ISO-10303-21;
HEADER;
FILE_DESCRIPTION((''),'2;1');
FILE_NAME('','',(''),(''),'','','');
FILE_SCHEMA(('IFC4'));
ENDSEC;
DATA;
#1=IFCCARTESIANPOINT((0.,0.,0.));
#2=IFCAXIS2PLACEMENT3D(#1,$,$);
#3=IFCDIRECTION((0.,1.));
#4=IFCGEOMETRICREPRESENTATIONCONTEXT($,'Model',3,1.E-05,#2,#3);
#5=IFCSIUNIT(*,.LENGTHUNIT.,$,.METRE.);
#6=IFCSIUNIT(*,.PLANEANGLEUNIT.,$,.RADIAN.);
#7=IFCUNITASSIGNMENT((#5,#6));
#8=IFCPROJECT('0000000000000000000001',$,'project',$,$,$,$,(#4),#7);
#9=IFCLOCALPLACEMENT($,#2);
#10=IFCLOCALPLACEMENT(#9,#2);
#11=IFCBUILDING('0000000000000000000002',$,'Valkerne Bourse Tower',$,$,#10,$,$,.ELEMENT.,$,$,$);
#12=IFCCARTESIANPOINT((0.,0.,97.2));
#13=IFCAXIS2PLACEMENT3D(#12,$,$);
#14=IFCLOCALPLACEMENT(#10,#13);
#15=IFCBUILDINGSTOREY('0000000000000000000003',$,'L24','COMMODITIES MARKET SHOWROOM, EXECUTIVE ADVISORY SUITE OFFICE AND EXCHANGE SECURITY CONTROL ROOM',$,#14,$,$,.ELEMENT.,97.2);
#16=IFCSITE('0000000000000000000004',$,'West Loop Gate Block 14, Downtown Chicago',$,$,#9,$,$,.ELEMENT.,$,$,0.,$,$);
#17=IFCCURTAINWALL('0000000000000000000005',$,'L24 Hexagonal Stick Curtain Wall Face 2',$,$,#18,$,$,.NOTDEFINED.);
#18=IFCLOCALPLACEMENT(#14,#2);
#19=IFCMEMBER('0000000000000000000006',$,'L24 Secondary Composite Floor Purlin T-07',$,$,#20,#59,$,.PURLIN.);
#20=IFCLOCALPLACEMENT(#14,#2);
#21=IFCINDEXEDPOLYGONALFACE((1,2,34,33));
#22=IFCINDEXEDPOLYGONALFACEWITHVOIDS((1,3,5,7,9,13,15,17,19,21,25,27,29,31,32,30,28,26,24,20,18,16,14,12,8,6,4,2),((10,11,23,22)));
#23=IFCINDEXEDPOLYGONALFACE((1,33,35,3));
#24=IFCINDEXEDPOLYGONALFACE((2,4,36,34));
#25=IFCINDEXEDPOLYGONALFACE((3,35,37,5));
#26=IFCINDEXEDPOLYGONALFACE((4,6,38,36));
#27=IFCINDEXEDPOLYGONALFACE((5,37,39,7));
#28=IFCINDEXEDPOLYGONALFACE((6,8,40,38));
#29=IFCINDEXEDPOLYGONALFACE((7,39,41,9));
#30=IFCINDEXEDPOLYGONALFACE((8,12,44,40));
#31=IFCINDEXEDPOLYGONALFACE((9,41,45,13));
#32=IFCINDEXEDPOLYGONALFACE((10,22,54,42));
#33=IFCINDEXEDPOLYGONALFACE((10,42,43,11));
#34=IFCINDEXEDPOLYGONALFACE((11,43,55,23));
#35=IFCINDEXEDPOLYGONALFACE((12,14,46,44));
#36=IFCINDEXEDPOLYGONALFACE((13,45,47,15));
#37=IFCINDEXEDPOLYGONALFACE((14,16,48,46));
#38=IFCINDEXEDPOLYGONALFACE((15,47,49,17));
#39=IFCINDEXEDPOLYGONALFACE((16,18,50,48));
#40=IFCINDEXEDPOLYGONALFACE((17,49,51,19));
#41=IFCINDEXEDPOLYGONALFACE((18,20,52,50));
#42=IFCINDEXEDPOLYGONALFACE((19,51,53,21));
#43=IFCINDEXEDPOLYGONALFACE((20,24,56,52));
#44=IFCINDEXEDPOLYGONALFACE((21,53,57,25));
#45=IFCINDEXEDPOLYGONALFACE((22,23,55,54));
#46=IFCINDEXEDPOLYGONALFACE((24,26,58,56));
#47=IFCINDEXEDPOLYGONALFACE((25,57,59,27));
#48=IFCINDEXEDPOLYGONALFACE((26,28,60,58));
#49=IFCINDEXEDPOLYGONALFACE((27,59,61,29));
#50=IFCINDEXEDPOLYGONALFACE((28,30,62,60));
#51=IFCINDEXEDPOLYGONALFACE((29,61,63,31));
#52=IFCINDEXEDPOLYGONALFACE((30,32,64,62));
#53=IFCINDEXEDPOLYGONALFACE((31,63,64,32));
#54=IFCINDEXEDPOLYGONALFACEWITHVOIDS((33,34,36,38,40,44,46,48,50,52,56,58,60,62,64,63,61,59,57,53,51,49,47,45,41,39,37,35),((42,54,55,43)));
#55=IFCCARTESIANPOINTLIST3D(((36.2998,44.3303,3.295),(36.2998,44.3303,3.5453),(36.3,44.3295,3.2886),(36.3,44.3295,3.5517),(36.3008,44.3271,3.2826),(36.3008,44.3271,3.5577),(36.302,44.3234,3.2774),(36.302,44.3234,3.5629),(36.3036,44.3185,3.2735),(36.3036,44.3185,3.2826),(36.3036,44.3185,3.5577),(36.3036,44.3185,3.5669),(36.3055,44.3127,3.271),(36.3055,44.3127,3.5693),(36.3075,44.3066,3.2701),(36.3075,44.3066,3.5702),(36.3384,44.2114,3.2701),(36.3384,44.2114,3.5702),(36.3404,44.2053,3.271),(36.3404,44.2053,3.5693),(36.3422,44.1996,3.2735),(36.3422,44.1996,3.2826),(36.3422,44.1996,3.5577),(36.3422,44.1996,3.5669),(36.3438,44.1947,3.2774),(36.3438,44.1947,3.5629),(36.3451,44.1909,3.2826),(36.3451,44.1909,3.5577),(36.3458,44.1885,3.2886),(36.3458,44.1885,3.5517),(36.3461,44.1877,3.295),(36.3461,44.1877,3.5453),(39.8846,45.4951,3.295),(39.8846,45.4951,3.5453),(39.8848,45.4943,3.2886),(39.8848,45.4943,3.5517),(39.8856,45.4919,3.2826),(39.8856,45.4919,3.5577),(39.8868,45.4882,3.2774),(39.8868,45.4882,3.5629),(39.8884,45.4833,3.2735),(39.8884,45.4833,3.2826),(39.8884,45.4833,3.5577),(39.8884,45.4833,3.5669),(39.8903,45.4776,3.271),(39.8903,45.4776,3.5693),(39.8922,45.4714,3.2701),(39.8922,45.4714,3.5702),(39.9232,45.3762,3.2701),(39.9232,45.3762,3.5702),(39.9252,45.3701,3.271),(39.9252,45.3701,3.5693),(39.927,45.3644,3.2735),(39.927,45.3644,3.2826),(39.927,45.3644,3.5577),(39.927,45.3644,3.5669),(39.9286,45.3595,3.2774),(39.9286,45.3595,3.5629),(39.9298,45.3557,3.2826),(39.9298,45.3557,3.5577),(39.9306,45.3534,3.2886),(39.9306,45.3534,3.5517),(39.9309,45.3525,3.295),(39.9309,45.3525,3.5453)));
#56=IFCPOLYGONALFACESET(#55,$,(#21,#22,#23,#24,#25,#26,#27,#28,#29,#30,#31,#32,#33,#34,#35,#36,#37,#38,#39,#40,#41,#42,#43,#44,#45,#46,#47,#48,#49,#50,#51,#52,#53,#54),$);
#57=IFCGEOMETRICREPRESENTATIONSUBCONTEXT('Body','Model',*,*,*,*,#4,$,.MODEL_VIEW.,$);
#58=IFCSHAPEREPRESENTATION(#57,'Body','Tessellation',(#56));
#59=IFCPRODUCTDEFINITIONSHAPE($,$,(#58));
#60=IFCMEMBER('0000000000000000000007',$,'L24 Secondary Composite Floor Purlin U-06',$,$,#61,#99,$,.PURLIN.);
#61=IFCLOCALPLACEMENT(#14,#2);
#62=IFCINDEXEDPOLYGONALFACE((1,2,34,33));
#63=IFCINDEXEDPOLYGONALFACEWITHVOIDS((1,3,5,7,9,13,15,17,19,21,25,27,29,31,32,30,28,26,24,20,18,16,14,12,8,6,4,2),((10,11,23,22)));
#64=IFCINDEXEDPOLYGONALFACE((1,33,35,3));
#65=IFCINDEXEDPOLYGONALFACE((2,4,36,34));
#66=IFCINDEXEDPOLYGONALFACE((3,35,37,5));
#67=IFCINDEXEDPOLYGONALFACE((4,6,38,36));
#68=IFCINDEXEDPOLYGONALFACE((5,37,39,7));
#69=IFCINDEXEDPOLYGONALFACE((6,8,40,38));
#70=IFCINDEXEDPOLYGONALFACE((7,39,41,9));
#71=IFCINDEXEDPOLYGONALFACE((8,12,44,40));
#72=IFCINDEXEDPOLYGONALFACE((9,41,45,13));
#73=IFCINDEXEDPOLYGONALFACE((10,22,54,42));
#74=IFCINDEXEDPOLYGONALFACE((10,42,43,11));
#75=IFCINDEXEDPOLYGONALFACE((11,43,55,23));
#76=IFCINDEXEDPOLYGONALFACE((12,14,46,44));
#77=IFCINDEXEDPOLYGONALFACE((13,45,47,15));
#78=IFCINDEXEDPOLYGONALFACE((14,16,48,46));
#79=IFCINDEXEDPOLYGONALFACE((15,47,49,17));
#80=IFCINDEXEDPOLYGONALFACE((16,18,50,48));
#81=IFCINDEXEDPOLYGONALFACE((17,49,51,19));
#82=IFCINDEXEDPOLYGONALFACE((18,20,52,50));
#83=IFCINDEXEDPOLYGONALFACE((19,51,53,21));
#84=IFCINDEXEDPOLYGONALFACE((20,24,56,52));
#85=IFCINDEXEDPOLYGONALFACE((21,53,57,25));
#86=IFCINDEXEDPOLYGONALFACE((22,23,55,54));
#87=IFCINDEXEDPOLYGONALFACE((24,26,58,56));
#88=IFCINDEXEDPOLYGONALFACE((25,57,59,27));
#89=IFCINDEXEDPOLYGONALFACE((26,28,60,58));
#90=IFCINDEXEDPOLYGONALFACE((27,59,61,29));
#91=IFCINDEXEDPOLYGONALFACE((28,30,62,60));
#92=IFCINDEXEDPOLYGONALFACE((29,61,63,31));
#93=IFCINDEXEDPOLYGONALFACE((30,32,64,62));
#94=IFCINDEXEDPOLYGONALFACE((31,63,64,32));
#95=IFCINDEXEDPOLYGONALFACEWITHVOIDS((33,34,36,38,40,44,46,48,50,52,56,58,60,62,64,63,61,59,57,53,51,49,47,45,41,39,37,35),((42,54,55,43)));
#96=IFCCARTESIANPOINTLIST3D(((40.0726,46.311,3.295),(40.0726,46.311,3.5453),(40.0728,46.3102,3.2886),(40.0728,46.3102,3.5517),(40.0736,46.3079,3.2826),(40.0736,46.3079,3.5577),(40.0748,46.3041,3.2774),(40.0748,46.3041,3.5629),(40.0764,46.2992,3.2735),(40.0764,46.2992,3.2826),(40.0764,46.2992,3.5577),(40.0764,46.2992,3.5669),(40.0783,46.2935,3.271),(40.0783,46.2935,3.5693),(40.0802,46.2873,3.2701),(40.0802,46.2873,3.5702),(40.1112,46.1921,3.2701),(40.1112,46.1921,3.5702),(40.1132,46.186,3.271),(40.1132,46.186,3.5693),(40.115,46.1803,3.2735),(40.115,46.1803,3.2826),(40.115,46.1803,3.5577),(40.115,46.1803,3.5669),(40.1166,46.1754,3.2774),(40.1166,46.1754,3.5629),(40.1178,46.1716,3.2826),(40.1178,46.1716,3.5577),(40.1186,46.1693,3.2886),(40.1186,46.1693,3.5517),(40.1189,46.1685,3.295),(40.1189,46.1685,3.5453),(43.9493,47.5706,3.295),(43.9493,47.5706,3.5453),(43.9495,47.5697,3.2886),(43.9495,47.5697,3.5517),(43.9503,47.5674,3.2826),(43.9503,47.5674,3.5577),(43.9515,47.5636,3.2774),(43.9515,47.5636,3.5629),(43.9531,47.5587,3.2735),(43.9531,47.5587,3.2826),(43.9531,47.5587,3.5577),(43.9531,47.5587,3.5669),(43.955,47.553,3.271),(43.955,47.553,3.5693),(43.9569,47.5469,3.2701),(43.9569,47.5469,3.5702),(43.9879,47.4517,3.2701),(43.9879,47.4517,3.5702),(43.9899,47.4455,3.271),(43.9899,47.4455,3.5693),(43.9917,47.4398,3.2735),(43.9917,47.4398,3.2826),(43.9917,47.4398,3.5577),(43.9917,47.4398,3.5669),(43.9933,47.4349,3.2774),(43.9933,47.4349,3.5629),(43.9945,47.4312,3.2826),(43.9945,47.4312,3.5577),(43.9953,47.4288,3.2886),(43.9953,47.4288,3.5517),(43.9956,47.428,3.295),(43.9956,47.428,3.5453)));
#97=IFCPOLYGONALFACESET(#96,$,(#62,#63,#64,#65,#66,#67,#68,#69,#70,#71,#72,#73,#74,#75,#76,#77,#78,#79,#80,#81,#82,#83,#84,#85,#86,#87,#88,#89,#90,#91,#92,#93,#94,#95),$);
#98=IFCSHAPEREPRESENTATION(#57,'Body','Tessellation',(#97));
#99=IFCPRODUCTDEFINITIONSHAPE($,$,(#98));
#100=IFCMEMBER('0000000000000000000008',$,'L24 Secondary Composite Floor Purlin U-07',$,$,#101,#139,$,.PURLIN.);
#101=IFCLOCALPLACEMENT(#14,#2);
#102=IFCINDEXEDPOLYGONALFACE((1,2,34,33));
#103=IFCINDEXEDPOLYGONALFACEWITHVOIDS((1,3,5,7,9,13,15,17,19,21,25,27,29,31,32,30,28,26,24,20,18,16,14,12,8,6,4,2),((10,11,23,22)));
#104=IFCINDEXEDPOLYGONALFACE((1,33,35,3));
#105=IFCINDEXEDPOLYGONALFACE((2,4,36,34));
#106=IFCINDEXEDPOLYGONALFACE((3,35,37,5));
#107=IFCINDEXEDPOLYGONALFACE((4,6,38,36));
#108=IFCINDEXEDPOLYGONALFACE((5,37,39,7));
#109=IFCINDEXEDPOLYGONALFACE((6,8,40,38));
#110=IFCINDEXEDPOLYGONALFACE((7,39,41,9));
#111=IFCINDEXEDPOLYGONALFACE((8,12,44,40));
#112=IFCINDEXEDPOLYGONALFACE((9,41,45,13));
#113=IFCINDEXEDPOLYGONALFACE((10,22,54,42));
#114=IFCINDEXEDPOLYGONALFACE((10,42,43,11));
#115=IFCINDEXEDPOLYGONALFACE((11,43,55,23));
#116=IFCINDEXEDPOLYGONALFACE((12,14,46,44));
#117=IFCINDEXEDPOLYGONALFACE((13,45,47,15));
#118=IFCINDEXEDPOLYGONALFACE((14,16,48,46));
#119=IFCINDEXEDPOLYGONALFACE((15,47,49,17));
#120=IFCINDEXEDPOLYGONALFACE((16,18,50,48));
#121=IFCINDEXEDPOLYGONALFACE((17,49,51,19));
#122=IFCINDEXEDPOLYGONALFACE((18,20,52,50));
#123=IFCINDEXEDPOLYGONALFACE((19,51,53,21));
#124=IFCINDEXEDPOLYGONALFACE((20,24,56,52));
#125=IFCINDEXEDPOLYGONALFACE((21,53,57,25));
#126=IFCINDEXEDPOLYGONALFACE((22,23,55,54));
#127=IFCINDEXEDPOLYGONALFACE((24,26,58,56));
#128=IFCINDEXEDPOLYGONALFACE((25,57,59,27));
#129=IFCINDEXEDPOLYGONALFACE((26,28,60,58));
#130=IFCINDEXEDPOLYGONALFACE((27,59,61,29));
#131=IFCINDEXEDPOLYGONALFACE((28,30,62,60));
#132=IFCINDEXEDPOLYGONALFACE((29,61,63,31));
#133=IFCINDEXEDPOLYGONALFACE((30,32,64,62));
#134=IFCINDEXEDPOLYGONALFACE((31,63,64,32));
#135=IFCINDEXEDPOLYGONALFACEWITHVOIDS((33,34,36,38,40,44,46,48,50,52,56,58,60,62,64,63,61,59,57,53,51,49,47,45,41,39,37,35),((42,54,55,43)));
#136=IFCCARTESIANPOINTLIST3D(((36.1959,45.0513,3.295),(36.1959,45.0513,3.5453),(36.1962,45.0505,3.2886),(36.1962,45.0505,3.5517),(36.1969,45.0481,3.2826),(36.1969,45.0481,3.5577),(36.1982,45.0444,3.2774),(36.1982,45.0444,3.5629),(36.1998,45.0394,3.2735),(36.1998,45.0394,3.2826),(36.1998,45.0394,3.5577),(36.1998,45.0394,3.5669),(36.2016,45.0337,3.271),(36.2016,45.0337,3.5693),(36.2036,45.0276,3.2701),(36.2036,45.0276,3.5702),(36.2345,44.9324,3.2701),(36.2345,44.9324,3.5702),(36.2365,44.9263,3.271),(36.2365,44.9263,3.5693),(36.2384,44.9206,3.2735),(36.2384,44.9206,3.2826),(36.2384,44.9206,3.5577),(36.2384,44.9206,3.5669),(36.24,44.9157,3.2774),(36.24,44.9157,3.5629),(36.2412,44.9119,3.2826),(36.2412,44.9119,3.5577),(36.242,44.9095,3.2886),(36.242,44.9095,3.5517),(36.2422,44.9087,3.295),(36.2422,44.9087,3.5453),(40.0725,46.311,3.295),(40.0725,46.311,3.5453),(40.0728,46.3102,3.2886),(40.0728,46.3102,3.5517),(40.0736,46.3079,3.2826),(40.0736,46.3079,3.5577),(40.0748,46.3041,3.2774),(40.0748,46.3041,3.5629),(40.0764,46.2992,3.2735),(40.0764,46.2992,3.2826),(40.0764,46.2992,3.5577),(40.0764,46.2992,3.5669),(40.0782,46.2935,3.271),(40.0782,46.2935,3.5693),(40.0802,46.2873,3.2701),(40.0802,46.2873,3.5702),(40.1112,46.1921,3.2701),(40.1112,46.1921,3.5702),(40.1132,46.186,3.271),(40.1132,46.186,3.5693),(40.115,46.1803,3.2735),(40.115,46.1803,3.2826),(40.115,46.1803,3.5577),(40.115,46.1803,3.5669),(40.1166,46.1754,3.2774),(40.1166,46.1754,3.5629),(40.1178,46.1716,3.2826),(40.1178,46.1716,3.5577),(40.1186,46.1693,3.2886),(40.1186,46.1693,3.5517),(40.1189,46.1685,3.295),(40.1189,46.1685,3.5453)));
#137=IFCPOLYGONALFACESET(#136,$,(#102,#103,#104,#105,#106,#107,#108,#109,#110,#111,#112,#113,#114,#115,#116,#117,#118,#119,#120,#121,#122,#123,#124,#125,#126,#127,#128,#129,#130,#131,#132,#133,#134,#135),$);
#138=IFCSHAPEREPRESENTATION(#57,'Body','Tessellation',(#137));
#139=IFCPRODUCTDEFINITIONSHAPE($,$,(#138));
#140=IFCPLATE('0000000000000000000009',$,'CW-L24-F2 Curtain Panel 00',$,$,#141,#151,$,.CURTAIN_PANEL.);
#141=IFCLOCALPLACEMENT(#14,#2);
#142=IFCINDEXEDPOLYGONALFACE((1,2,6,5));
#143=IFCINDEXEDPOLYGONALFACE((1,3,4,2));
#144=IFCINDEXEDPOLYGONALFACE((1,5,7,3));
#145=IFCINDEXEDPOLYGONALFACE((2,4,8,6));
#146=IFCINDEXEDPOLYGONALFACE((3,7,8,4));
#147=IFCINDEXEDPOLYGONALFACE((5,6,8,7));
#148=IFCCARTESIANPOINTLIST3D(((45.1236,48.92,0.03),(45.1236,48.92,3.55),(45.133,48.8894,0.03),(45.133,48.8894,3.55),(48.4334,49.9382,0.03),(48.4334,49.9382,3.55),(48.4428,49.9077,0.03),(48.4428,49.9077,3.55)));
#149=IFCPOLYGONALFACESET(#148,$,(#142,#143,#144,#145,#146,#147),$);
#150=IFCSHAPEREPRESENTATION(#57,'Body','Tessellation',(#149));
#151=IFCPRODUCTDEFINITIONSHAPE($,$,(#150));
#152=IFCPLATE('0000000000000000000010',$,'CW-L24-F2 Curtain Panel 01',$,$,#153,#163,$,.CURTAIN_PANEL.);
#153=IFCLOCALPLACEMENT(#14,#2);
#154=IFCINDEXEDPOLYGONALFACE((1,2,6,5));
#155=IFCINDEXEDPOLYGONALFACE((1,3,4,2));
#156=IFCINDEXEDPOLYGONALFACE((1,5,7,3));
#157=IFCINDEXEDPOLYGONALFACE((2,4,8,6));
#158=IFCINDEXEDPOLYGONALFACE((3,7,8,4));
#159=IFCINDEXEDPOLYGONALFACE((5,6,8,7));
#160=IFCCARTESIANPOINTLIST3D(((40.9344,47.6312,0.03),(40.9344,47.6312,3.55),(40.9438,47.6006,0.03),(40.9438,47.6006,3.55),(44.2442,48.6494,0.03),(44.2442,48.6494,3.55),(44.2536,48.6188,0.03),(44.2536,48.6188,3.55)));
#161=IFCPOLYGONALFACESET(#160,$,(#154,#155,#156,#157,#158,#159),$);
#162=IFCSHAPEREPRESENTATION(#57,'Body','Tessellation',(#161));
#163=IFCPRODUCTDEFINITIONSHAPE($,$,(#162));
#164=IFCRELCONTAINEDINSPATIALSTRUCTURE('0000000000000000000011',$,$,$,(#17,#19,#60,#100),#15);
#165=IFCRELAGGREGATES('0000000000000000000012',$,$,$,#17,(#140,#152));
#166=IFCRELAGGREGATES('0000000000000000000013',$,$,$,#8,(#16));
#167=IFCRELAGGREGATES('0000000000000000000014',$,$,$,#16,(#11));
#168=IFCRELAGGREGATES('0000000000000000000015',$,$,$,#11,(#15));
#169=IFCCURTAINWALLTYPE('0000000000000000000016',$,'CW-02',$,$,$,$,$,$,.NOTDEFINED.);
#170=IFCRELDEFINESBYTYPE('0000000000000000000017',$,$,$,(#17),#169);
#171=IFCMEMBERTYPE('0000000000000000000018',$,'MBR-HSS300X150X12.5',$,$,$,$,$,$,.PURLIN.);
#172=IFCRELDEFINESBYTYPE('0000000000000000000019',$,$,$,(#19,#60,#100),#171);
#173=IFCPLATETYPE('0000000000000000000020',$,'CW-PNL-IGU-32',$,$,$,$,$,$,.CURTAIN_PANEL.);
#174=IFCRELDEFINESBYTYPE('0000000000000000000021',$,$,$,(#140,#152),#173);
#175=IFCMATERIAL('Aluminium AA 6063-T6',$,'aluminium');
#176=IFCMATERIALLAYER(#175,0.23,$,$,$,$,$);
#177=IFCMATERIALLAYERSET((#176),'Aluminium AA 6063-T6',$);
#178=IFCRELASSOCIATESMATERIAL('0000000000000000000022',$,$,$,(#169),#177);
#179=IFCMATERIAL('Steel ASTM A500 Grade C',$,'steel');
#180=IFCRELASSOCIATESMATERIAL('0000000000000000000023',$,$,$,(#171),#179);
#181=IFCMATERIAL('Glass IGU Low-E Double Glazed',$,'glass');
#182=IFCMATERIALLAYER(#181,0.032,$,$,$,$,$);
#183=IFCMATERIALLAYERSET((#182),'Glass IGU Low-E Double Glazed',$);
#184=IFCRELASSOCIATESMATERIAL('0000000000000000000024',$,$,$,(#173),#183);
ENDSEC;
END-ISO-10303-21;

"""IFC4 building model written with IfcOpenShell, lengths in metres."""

from ifc_helpers import new_model, si_unit, direction, frame, origin, origin_2d, place, context, subcontext, project, spatial, rectangle, hollow_rectangle, extrude, material, layer, layer_set, material_profile, profile_set, type_object, element, aggregate, save


model = new_model("IFC4")

# Units and contexts
model_context = context("Model", 3, precision=1e-05, world=origin(), true_north=direction((0.0, 1.0)))
body_context = subcontext(model_context, "Body", "Model", "MODEL_VIEW")
ifc_project = project(units=[si_unit("LENGTHUNIT", "METRE"), si_unit("PLANEANGLEUNIT", "RADIAN")], contexts=[model_context])

# Site, building, storey
site_placement = place(None, origin())
site = spatial("IfcSite", under=ifc_project, at=site_placement, Name="West Loop Gate Block 14, Downtown Chicago", CompositionType="ELEMENT", RefElevation=0.0)
building_placement = place(site_placement, origin())
building = spatial("IfcBuilding", under=site, at=building_placement, Name="Valkerne Bourse Tower", CompositionType="ELEMENT")
storey_placement = place(building_placement, frame((0.0, 0.0, 97.2)))
storey = spatial("IfcBuildingStorey", under=building, at=storey_placement, Name="L24", Description="COMMODITIES MARKET SHOWROOM, EXECUTIVE ADVISORY SUITE OFFICE AND EXCHANGE SECURITY CONTROL ROOM", CompositionType="ELEMENT", Elevation=97.2)

# Curtain wall
ifc_material_1 = material(Name="Aluminium AA 6063-T6", Category="aluminium")
ifc_layer_1 = layer(ifc_material_1, 0.23)
ifc_layer_set_1 = layer_set([ifc_layer_1], Name="Aluminium AA 6063-T6")
curtain_wall_type = type_object("IfcCurtainWallType", Name="CW-02", PredefinedType="NOTDEFINED", material=ifc_layer_set_1)
curtain_wall_placement = place(storey_placement, origin())
curtain_wall = element("IfcCurtainWall", 1, at=curtain_wall_placement, inside=storey, type_object=curtain_wall_type, Name="L24 Hexagonal Stick Curtain Wall Face 2", PredefinedType="NOTDEFINED")

# Members
ifc_material_2 = material(Name="Steel ASTM A500 Grade C", Category="steel")
ifc_material_profile_1 = material_profile(ifc_material_2, hollow_rectangle(XDim=0.1499, YDim=0.3, WallThickness=0.0125, OuterFilletRadius=0.0249, at=origin_2d()), Name="HSS300X150X12.5")
ifc_profile_set_1 = profile_set([ifc_material_profile_1], Name="Steel ASTM A500 Grade C")
member_type_1 = type_object("IfcMemberType", Name="MBR-HSS300X150X12.5", PredefinedType="PURLIN", material=ifc_profile_set_1)
member_1_placement = place(storey_placement, frame((39.9077, 45.4238, 3.4202), z_axis=(-0.951053, -0.309029, 0.0), x_axis=(0.309029, -0.951053, 0.0)))
element("IfcMember", 2, at=member_1_placement, inside=storey, type_object=member_type_1, Name="L24 Secondary Composite Floor Purlin T-07", PredefinedType="PURLIN", context=body_context, shape_type="SweptSolid", body=[
    extrude(hollow_rectangle(XDim=0.1499, YDim=0.3, WallThickness=0.0125, OuterFilletRadius=0.0249, at=origin_2d()), origin(), (0.0, 0.0, 1.0), 3.7693),
])
for number, where, z_axis, x_axis, name in (
    (3, (43.9724, 47.4993, 3.4202), (-0.951064, -0.308995, 0.0), (0.308995, -0.951064, 0.0), "L24 Secondary Composite Floor Purlin U-06"),
    (4, (40.0957, 46.2397, 3.4202), (-0.951046, -0.30905, 0.0), (0.30905, -0.951046, 0.0), "L24 Secondary Composite Floor Purlin U-07"),
):
    element("IfcMember", number, at=place(storey_placement, frame(where, z_axis=z_axis, x_axis=x_axis)), inside=storey, type_object=member_type_1, Name=name, PredefinedType="PURLIN", context=body_context, shape_type="SweptSolid", body=[
        extrude(hollow_rectangle(XDim=0.1499, YDim=0.3, WallThickness=0.0125, OuterFilletRadius=0.0249, at=origin_2d()), origin(), (0.0, 0.0, 1.0), 4.0762),
    ])

# Plates
ifc_material_3 = material(Name="Glass IGU Low-E Double Glazed", Category="glass")
ifc_layer_2 = layer(ifc_material_3, 0.032)
ifc_layer_set_2 = layer_set([ifc_layer_2], Name="Glass IGU Low-E Double Glazed")
plate_type = type_object("IfcPlateType", Name="CW-PNL-IGU-32", PredefinedType="CURTAIN_PANEL", material=ifc_layer_set_2)
plate_1_placement = place(storey_placement, frame((46.7832, 49.4138, 0.03), z_axis=(0.0, 0.0, 1.0), x_axis=(-0.955791, -0.294047, 0.0)))
plate_1 = element("IfcPlate", 5, at=plate_1_placement, type_object=plate_type, Name="CW-L24-F2 Curtain Panel 00", PredefinedType="CURTAIN_PANEL", context=body_context, shape_type="SweptSolid", body=[
    extrude(rectangle(XDim=3.4629, YDim=0.032, at=origin_2d()), origin(), (0.0, 0.0, 1.0), 3.52),
])
plate_2_placement = place(storey_placement, frame((42.594, 48.125, 0.03), z_axis=(0.0, 0.0, 1.0), x_axis=(-0.955791, -0.294047, 0.0)))
plate_2 = element("IfcPlate", 6, at=plate_2_placement, type_object=plate_type, Name="CW-L24-F2 Curtain Panel 01", PredefinedType="CURTAIN_PANEL", context=body_context, shape_type="SweptSolid", body=[
    extrude(rectangle(XDim=3.4629, YDim=0.032, at=origin_2d()), origin(), (0.0, 0.0, 1.0), 3.52),
])
aggregate(curtain_wall, [plate_1, plate_2])

save(model, "model.ifc")
